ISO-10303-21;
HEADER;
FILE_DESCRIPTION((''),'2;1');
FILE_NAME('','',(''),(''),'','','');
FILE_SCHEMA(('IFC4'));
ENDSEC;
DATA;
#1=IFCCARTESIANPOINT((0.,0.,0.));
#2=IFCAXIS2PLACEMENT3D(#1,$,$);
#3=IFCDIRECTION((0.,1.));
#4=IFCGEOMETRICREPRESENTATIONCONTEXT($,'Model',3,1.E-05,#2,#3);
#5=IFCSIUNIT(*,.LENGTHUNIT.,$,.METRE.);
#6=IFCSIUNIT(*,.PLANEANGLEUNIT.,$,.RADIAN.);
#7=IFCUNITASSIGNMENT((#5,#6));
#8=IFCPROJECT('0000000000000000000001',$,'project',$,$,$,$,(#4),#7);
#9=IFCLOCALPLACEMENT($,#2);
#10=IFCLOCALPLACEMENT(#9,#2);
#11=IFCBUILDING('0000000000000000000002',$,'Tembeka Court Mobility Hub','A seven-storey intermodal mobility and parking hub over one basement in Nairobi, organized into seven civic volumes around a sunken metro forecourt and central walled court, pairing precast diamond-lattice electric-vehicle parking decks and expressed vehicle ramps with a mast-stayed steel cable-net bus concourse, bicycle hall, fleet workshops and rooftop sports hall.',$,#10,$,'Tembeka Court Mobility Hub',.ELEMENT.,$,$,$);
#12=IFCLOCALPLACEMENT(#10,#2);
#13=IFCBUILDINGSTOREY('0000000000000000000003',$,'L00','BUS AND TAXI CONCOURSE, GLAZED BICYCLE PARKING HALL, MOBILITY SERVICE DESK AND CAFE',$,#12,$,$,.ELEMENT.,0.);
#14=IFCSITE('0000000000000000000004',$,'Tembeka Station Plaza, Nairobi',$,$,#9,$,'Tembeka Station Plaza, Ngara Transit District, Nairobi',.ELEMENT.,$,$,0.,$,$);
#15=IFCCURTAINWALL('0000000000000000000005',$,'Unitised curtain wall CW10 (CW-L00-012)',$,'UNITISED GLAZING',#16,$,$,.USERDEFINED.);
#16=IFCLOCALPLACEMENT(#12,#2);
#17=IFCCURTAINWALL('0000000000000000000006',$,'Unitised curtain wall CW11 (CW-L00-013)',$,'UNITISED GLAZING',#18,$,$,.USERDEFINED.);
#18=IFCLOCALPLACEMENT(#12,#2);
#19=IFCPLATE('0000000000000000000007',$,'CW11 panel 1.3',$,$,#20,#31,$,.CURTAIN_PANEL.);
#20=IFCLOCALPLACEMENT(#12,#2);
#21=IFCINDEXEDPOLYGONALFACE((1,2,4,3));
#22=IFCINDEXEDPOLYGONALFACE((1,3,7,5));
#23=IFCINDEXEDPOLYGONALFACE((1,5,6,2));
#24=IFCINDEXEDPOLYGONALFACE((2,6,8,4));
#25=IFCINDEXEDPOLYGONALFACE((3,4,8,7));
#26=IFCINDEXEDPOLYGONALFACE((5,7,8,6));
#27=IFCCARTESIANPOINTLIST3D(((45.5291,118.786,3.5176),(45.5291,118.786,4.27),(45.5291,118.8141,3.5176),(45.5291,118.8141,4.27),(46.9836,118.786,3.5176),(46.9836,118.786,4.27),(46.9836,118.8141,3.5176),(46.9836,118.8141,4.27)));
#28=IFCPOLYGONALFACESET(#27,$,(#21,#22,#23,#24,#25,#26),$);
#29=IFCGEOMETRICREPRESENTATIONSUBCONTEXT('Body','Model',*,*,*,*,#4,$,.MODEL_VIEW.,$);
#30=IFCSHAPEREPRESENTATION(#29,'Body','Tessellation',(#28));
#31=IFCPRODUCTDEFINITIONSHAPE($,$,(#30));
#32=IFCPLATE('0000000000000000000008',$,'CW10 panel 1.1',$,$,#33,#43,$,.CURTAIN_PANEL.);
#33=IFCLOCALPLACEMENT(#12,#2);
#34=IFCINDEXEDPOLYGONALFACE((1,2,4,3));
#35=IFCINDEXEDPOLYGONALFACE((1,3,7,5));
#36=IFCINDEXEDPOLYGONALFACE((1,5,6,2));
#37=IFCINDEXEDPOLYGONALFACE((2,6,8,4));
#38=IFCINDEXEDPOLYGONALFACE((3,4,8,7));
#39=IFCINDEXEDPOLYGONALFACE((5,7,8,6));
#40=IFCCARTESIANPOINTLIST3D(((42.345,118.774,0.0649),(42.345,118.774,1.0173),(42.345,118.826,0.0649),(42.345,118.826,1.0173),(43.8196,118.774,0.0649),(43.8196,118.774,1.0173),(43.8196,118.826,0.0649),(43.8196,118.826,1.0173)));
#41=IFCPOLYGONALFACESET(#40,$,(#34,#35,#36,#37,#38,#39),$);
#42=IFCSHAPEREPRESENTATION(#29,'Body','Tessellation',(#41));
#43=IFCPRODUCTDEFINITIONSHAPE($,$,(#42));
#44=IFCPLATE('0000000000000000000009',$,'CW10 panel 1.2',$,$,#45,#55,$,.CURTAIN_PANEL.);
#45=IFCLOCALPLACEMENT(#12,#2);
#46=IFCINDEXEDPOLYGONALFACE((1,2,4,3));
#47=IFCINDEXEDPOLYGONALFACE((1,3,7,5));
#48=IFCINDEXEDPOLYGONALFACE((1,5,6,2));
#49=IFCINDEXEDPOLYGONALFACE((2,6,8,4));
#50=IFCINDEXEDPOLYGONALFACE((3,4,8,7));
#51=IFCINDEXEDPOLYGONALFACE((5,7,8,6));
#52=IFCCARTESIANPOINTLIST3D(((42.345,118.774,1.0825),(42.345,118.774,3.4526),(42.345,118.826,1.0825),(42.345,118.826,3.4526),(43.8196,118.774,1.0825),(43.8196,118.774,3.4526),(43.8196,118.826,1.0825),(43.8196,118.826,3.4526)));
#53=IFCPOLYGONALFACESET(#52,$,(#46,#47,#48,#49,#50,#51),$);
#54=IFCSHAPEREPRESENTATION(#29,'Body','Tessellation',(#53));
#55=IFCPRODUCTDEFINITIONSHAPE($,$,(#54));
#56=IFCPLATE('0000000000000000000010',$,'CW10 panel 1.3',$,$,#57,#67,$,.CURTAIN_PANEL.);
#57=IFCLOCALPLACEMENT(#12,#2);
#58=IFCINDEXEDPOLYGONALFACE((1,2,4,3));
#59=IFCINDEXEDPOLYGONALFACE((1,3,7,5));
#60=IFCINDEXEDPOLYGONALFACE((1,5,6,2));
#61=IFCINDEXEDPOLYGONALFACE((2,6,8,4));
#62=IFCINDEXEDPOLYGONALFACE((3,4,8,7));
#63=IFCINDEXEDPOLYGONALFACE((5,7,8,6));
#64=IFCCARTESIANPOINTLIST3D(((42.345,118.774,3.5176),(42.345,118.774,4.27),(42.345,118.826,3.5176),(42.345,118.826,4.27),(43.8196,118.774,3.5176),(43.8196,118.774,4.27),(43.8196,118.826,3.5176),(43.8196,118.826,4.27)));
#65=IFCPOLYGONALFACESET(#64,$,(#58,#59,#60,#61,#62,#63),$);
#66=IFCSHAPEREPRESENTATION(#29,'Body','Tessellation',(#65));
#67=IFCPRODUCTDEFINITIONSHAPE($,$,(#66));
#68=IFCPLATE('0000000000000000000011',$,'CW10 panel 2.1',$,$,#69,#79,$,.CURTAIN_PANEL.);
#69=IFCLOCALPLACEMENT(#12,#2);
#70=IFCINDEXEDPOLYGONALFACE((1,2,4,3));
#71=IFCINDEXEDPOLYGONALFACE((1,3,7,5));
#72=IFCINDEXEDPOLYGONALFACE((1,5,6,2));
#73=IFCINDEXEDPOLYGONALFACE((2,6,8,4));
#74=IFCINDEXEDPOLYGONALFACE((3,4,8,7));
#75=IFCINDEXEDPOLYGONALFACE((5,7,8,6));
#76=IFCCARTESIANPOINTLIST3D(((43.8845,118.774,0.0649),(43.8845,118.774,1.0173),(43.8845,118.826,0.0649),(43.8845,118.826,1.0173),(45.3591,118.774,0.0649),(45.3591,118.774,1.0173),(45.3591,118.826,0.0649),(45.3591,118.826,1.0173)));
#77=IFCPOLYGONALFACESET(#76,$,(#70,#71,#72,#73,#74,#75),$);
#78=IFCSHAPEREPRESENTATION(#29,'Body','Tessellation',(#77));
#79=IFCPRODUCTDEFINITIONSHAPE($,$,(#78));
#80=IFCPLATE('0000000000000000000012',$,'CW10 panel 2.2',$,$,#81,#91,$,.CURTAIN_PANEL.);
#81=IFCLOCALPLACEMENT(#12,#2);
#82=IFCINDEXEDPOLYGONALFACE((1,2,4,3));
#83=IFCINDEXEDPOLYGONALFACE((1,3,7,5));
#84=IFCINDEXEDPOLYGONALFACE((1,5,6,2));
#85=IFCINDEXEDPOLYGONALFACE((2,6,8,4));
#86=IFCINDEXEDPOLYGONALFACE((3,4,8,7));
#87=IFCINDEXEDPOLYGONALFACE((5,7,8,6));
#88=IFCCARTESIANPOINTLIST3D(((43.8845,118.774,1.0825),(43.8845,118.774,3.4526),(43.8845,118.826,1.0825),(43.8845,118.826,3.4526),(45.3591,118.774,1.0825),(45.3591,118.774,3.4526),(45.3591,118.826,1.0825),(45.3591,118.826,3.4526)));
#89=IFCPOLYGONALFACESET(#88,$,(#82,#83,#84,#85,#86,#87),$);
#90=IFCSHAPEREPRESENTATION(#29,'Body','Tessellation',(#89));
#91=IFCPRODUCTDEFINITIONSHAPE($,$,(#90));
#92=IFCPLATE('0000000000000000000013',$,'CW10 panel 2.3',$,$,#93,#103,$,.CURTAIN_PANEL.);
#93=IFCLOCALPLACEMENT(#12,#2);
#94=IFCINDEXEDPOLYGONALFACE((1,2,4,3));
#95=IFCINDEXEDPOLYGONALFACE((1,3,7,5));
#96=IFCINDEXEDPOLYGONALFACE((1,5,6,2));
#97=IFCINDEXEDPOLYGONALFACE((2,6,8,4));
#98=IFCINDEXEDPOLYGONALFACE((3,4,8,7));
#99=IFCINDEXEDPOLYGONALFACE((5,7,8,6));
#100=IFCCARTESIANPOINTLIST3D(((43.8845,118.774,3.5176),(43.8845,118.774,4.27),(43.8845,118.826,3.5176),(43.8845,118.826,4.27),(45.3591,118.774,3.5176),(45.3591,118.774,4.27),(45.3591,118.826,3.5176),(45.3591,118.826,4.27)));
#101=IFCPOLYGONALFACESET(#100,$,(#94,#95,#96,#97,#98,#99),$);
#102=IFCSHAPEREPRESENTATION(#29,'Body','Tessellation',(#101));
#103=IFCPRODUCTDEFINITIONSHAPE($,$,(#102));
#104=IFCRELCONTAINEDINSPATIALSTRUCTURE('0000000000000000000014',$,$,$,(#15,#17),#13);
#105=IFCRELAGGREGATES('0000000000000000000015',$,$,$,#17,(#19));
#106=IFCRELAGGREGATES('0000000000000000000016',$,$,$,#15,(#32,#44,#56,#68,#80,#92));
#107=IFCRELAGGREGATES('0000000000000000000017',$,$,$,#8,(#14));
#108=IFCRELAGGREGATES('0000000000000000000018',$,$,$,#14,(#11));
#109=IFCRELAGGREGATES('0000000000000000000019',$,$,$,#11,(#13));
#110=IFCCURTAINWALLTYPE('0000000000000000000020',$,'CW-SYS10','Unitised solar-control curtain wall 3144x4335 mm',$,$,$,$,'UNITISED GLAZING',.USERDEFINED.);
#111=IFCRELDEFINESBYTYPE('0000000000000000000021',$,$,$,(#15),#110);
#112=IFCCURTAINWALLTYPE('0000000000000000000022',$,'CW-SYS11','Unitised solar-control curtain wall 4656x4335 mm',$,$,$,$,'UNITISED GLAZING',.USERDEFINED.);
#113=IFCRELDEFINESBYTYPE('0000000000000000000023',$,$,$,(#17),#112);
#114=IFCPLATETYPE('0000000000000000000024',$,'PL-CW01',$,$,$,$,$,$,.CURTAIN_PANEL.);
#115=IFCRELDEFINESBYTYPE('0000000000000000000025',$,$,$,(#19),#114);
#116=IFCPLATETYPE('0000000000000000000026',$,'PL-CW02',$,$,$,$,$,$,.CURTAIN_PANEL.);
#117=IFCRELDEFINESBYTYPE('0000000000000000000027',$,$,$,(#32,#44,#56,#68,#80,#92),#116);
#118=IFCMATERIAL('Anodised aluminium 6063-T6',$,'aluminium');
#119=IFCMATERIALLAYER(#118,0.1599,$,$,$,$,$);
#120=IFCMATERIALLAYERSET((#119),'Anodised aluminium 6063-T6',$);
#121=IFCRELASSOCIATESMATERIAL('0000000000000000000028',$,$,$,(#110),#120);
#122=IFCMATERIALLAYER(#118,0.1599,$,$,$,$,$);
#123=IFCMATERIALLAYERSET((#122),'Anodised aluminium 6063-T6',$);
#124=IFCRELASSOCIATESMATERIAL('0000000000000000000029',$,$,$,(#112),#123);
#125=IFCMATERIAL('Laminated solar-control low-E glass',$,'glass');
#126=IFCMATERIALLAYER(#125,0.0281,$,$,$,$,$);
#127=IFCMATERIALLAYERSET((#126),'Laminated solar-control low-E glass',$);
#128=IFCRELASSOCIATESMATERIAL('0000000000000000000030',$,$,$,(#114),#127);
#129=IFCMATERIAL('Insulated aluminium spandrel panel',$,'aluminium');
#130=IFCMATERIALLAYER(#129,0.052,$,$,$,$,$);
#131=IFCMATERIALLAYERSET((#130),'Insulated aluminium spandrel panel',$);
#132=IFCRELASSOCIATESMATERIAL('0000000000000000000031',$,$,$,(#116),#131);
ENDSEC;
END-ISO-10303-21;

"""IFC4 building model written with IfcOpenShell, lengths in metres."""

from ifc_helpers import new_model, si_unit, direction, frame, origin, origin_2d, place, context, subcontext, project, spatial, rectangle, extrude, material, layer, layer_set, type_object, element, aggregate, save


model = new_model("IFC4")

# Units and contexts
model_context = context("Model", 3, precision=1e-05, world=origin(), true_north=direction((0.0, 1.0)))
body_context = subcontext(model_context, "Body", "Model", "MODEL_VIEW")
ifc_project = project(units=[si_unit("LENGTHUNIT", "METRE"), si_unit("PLANEANGLEUNIT", "RADIAN")], contexts=[model_context])

# Site, building, storey
site_placement = place(None, origin())
site = spatial("IfcSite", under=ifc_project, at=site_placement, Name="Tembeka Station Plaza, Nairobi", LongName="Tembeka Station Plaza, Ngara Transit District, Nairobi", CompositionType="ELEMENT", RefElevation=0.0)
building_placement = place(site_placement, origin())
building = spatial("IfcBuilding", under=site, at=building_placement, Name="Tembeka Court Mobility Hub", Description="A seven-storey intermodal mobility and parking hub over one basement in Nairobi, organized into seven civic volumes around a sunken metro forecourt and central walled court, pairing precast diamond-lattice electric-vehicle parking decks and expressed vehicle ramps with a mast-stayed steel cable-net bus concourse, bicycle hall, fleet workshops and rooftop sports hall.", LongName="Tembeka Court Mobility Hub", CompositionType="ELEMENT")
storey_placement = place(building_placement, origin())
storey = spatial("IfcBuildingStorey", under=building, at=storey_placement, Name="L00", Description="BUS AND TAXI CONCOURSE, GLAZED BICYCLE PARKING HALL, MOBILITY SERVICE DESK AND CAFE", CompositionType="ELEMENT", Elevation=0.0)

# Curtain walls
ifc_material_1 = material(Name="Anodised aluminium 6063-T6", Category="aluminium")
ifc_layer_1 = layer(ifc_material_1, 0.1599)
ifc_layer_set_1 = layer_set([ifc_layer_1], Name="Anodised aluminium 6063-T6")
curtain_wall_type_1 = type_object("IfcCurtainWallType", Name="CW-SYS10", Description="Unitised solar-control curtain wall 3144x4335 mm", ElementType="UNITISED GLAZING", PredefinedType="USERDEFINED", material=ifc_layer_set_1)
curtain_wall_1_placement = place(storey_placement, origin())
curtain_wall_1 = element("IfcCurtainWall", 1, at=curtain_wall_1_placement, inside=storey, type_object=curtain_wall_type_1, Name="Unitised curtain wall CW10 (CW-L00-012)", ObjectType="UNITISED GLAZING", PredefinedType="USERDEFINED")
ifc_layer_2 = layer(ifc_material_1, 0.1599)
ifc_layer_set_2 = layer_set([ifc_layer_2], Name="Anodised aluminium 6063-T6")
curtain_wall_type_2 = type_object("IfcCurtainWallType", Name="CW-SYS11", Description="Unitised solar-control curtain wall 4656x4335 mm", ElementType="UNITISED GLAZING", PredefinedType="USERDEFINED", material=ifc_layer_set_2)
curtain_wall_2_placement = place(storey_placement, origin())
curtain_wall_2 = element("IfcCurtainWall", 2, at=curtain_wall_2_placement, inside=storey, type_object=curtain_wall_type_2, Name="Unitised curtain wall CW11 (CW-L00-013)", ObjectType="UNITISED GLAZING", PredefinedType="USERDEFINED")

# Plates
ifc_material_2 = material(Name="Laminated solar-control low-E glass", Category="glass")
ifc_layer_3 = layer(ifc_material_2, 0.0281)
ifc_layer_set_3 = layer_set([ifc_layer_3], Name="Laminated solar-control low-E glass")
plate_type_1 = type_object("IfcPlateType", Name="PL-CW01", PredefinedType="CURTAIN_PANEL", material=ifc_layer_set_3)
plate_1_placement = place(storey_placement, frame((46.2563, 118.8, 3.5176), z_axis=(0.0, 0.0, 1.0), x_axis=(1.0, 0.0, 0.0)))
plate_1 = element("IfcPlate", 3, at=plate_1_placement, type_object=plate_type_1, Name="CW11 panel 1.3", PredefinedType="CURTAIN_PANEL", context=body_context, shape_type="SweptSolid", body=[
    extrude(rectangle(XDim=1.4546, YDim=0.0281, at=origin_2d()), origin(), (0.0, 0.0, 1.0), 0.7524),
])
aggregate(curtain_wall_2, [plate_1])
ifc_material_3 = material(Name="Insulated aluminium spandrel panel", Category="aluminium")
ifc_layer_4 = layer(ifc_material_3, 0.052)
ifc_layer_set_4 = layer_set([ifc_layer_4], Name="Insulated aluminium spandrel panel")
plate_type_2 = type_object("IfcPlateType", Name="PL-CW02", PredefinedType="CURTAIN_PANEL", material=ifc_layer_set_4)
plate_2_placement = place(storey_placement, frame((43.0823, 118.8, 0.0649), z_axis=(0.0, 0.0, 1.0), x_axis=(1.0, 0.0, 0.0)))
plate_2 = element("IfcPlate", 4, at=plate_2_placement, type_object=plate_type_2, Name="CW10 panel 1.1", PredefinedType="CURTAIN_PANEL", context=body_context, shape_type="SweptSolid", body=[
    extrude(rectangle(XDim=1.4746, YDim=0.052, at=origin_2d()), origin(), (0.0, 0.0, 1.0), 0.9524),
])
plate_3_placement = place(storey_placement, frame((43.0823, 118.8, 1.0825), z_axis=(0.0, 0.0, 1.0), x_axis=(1.0, 0.0, 0.0)))
plate_3 = element("IfcPlate", 5, at=plate_3_placement, type_object=plate_type_2, Name="CW10 panel 1.2", PredefinedType="CURTAIN_PANEL", context=body_context, shape_type="SweptSolid", body=[
    extrude(rectangle(XDim=1.4746, YDim=0.052, at=origin_2d()), origin(), (0.0, 0.0, 1.0), 2.3701),
])
plate_4_placement = place(storey_placement, frame((43.0823, 118.8, 3.5176), z_axis=(0.0, 0.0, 1.0), x_axis=(1.0, 0.0, 0.0)))
plate_4 = element("IfcPlate", 6, at=plate_4_placement, type_object=plate_type_2, Name="CW10 panel 1.3", PredefinedType="CURTAIN_PANEL", context=body_context, shape_type="SweptSolid", body=[
    extrude(rectangle(XDim=1.4746, YDim=0.052, at=origin_2d()), origin(), (0.0, 0.0, 1.0), 0.7524),
])
plate_5_placement = place(storey_placement, frame((44.6218, 118.8, 0.0649), z_axis=(0.0, 0.0, 1.0), x_axis=(1.0, 0.0, 0.0)))
plate_5 = element("IfcPlate", 7, at=plate_5_placement, type_object=plate_type_2, Name="CW10 panel 2.1", PredefinedType="CURTAIN_PANEL", context=body_context, shape_type="SweptSolid", body=[
    extrude(rectangle(XDim=1.4746, YDim=0.052, at=origin_2d()), origin(), (0.0, 0.0, 1.0), 0.9524),
])
plate_6_placement = place(storey_placement, frame((44.6218, 118.8, 1.0825), z_axis=(0.0, 0.0, 1.0), x_axis=(1.0, 0.0, 0.0)))
plate_6 = element("IfcPlate", 8, at=plate_6_placement, type_object=plate_type_2, Name="CW10 panel 2.2", PredefinedType="CURTAIN_PANEL", context=body_context, shape_type="SweptSolid", body=[
    extrude(rectangle(XDim=1.4746, YDim=0.052, at=origin_2d()), origin(), (0.0, 0.0, 1.0), 2.3701),
])
plate_7_placement = place(storey_placement, frame((44.6218, 118.8, 3.5176), z_axis=(0.0, 0.0, 1.0), x_axis=(1.0, 0.0, 0.0)))
plate_7 = element("IfcPlate", 9, at=plate_7_placement, type_object=plate_type_2, Name="CW10 panel 2.3", PredefinedType="CURTAIN_PANEL", context=body_context, shape_type="SweptSolid", body=[
    extrude(rectangle(XDim=1.4746, YDim=0.052, at=origin_2d()), origin(), (0.0, 0.0, 1.0), 0.7524),
])
aggregate(curtain_wall_1, [plate_2, plate_3, plate_4, plate_5, plate_6, plate_7])

save(model, "model.ifc")
